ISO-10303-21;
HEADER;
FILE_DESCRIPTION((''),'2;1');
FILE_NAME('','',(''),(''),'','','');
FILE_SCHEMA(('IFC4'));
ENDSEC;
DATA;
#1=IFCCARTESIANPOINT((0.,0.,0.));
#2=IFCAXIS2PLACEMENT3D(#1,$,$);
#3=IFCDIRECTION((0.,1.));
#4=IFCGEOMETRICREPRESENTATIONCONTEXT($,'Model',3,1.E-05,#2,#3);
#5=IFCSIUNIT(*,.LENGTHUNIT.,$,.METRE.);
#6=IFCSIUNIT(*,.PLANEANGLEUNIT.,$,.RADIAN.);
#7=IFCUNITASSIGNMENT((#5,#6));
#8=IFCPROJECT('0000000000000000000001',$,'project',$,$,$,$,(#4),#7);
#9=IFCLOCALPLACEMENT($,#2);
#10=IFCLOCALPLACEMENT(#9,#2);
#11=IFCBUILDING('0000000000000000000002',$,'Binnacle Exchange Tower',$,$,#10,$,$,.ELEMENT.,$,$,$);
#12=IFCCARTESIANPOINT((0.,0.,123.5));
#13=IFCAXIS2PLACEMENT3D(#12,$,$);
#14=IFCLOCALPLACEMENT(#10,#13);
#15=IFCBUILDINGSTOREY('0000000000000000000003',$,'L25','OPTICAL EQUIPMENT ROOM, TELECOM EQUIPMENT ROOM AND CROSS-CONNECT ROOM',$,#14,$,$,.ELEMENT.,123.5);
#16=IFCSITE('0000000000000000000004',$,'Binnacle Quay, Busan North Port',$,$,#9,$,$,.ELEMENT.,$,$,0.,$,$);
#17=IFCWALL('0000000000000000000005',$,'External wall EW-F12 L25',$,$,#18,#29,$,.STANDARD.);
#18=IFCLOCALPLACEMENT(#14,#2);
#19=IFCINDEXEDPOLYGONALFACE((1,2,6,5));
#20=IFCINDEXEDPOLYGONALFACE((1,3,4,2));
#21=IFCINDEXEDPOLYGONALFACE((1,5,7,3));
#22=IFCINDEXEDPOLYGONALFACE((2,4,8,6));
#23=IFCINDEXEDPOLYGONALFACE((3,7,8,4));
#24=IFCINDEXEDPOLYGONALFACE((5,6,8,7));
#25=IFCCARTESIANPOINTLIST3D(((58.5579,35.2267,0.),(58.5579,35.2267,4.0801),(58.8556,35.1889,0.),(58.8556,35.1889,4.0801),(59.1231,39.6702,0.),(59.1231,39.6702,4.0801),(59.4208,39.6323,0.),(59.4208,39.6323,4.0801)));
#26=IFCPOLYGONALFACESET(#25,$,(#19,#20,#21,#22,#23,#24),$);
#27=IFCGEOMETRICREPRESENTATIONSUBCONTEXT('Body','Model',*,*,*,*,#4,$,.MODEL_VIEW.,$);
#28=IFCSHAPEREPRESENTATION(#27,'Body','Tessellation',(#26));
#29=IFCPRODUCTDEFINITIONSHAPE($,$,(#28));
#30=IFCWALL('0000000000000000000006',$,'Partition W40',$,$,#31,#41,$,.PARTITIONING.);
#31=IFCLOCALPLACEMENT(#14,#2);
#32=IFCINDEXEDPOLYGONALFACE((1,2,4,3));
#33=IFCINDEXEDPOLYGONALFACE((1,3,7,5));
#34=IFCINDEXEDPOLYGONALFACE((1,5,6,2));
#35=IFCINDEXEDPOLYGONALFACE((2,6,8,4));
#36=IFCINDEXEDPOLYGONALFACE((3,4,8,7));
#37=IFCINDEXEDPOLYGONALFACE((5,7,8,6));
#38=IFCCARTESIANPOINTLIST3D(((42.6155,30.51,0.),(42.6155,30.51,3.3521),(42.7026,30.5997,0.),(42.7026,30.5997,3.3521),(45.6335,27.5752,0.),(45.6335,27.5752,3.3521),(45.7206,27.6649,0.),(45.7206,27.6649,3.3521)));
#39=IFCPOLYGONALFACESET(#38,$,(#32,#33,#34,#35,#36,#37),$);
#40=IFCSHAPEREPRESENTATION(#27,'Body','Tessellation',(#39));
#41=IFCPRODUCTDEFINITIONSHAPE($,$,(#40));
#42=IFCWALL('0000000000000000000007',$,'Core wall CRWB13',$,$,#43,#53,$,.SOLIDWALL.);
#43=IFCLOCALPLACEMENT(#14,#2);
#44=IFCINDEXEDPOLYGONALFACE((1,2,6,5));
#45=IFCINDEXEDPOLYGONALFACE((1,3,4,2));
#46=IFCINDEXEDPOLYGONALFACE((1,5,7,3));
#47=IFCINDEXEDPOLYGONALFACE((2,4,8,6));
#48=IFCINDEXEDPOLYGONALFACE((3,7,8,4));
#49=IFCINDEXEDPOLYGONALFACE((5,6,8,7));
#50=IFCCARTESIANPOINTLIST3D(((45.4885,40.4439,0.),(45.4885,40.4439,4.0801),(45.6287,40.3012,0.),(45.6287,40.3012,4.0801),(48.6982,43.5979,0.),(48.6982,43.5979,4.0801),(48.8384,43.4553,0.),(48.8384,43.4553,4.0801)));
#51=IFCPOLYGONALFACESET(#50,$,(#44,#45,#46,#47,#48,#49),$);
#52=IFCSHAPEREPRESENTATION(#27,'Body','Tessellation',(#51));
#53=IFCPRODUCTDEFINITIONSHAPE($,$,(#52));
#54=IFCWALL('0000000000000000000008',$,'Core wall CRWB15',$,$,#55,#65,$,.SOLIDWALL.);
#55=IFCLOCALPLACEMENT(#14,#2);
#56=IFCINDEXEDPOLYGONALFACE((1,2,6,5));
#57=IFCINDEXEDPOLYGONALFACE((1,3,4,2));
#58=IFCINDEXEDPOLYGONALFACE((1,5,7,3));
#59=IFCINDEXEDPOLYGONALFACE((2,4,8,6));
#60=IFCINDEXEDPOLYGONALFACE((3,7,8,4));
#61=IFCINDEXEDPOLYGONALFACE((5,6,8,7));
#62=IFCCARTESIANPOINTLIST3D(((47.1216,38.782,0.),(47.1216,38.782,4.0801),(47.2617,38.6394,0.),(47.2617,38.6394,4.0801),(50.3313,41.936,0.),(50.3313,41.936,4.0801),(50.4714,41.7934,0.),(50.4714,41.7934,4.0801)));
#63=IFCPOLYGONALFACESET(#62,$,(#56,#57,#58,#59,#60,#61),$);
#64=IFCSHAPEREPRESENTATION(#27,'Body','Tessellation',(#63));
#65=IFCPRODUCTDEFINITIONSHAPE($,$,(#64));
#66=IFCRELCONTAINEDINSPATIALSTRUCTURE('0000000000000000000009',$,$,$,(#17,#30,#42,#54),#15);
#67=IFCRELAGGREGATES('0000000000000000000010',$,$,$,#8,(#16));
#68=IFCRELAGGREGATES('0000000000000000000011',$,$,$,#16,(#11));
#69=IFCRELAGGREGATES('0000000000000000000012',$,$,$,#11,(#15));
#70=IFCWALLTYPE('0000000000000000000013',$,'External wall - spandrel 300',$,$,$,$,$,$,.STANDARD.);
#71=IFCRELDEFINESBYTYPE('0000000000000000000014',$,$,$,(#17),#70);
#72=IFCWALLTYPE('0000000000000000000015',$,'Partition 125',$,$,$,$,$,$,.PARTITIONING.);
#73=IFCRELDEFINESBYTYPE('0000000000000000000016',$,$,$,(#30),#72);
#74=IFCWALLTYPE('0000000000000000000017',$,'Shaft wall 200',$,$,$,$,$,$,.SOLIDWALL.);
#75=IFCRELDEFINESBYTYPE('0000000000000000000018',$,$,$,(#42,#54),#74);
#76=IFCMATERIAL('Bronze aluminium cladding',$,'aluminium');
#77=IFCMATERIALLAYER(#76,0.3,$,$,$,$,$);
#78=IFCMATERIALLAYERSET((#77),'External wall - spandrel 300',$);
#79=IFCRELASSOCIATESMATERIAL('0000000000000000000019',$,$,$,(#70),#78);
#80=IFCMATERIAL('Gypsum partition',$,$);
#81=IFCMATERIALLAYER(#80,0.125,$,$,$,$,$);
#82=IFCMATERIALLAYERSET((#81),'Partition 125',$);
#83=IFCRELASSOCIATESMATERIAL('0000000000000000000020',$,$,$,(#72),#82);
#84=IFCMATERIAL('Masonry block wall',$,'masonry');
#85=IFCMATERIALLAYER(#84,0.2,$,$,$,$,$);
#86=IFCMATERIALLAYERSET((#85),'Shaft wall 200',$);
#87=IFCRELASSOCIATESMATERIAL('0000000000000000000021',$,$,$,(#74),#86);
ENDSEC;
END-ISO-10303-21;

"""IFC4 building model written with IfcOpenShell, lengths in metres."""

from ifc_helpers import new_model, si_unit, direction, frame, frame_2d, origin, place, context, subcontext, project, spatial, rectangle, extrude, material, layer, layer_set, type_object, element, save


model = new_model("IFC4")

# Units and contexts
model_context = context("Model", 3, precision=1e-05, world=origin(), true_north=direction((0.0, 1.0)))
body_context = subcontext(model_context, "Body", "Model", "MODEL_VIEW")
ifc_project = project(units=[si_unit("LENGTHUNIT", "METRE"), si_unit("PLANEANGLEUNIT", "RADIAN")], contexts=[model_context])

# Site, building, storey
site_placement = place(None, origin())
site = spatial("IfcSite", under=ifc_project, at=site_placement, Name="Binnacle Quay, Busan North Port", CompositionType="ELEMENT", RefElevation=0.0)
building_placement = place(site_placement, origin())
building = spatial("IfcBuilding", under=site, at=building_placement, Name="Binnacle Exchange Tower", CompositionType="ELEMENT")
storey_placement = place(building_placement, frame((0.0, 0.0, 123.5)))
storey = spatial("IfcBuildingStorey", under=building, at=storey_placement, Name="L25", Description="OPTICAL EQUIPMENT ROOM, TELECOM EQUIPMENT ROOM AND CROSS-CONNECT ROOM", CompositionType="ELEMENT", Elevation=123.5)

# Shared definitions
ifc_material_1 = material(Name="Bronze aluminium cladding", Category="aluminium")
ifc_layer_1 = layer(ifc_material_1, 0.3)
ifc_layer_set_1 = layer_set([ifc_layer_1], Name="External wall - spandrel 300")
wall_type_1 = type_object("IfcWallType", Name="External wall - spandrel 300", PredefinedType="STANDARD", material=ifc_layer_set_1)

# Walls
wall_1_placement = place(storey_placement, frame((59.272, 39.6514, 0.0), z_axis=(0.0, 0.0, 1.0), x_axis=(-0.126181, -0.992007, 0.0)))
element("IfcWall", 1, at=wall_1_placement, inside=storey, type_object=wall_type_1, Name="External wall EW-F12 L25", PredefinedType="STANDARD", context=body_context, shape_type="SweptSolid", body=[
    extrude(rectangle(XDim=4.4792, YDim=0.3, at=frame_2d((2.2397, 0.0))), origin(), (0.0, 0.0, 1.0), 4.0801),
])
ifc_material_2 = material(Name="Gypsum partition")
ifc_layer_2 = layer(ifc_material_2, 0.125)
ifc_layer_set_2 = layer_set([ifc_layer_2], Name="Partition 125")
wall_type_2 = type_object("IfcWallType", Name="Partition 125", PredefinedType="PARTITIONING", material=ifc_layer_set_2)
wall_2_placement = place(storey_placement, frame((42.6589, 30.5549, 0.0), z_axis=(0.0, 0.0, 1.0), x_axis=(0.716926, -0.69715, 0.0)))
element("IfcWall", 2, at=wall_2_placement, inside=storey, type_object=wall_type_2, Name="Partition W40", PredefinedType="PARTITIONING", context=body_context, shape_type="SweptSolid", body=[
    extrude(rectangle(XDim=4.2097, YDim=0.125, at=frame_2d((2.105, 0.0))), origin(), (0.0, 0.0, 1.0), 3.3521),
])
ifc_material_3 = material(Name="Masonry block wall", Category="masonry")
ifc_layer_3 = layer(ifc_material_3, 0.2)
ifc_layer_set_3 = layer_set([ifc_layer_3], Name="Shaft wall 200")
wall_type_3 = type_object("IfcWallType", Name="Shaft wall 200", PredefinedType="SOLIDWALL", material=ifc_layer_set_3)
for number, where, z_axis, x_axis, name in (
    (3, (45.5586, 40.3726, 0.0), (0.0, 0.0, 1.0), (0.713265, 0.700895, 0.0), "Core wall CRWB13"),
    (4, (47.1917, 38.7107, 0.0), (0.0, 0.0, 1.0), (0.713265, 0.700895, 0.0), "Core wall CRWB15"),
):
    element("IfcWall", number, at=place(storey_placement, frame(where, z_axis=z_axis, x_axis=x_axis)), inside=storey, type_object=wall_type_3, Name=name, PredefinedType="SOLIDWALL", context=body_context, shape_type="SweptSolid", body=[
        extrude(rectangle(XDim=4.5, YDim=0.2, at=frame_2d((2.25, 0.0))), origin(), (0.0, 0.0, 1.0), 4.0801),
    ])

save(model, "model.ifc")
